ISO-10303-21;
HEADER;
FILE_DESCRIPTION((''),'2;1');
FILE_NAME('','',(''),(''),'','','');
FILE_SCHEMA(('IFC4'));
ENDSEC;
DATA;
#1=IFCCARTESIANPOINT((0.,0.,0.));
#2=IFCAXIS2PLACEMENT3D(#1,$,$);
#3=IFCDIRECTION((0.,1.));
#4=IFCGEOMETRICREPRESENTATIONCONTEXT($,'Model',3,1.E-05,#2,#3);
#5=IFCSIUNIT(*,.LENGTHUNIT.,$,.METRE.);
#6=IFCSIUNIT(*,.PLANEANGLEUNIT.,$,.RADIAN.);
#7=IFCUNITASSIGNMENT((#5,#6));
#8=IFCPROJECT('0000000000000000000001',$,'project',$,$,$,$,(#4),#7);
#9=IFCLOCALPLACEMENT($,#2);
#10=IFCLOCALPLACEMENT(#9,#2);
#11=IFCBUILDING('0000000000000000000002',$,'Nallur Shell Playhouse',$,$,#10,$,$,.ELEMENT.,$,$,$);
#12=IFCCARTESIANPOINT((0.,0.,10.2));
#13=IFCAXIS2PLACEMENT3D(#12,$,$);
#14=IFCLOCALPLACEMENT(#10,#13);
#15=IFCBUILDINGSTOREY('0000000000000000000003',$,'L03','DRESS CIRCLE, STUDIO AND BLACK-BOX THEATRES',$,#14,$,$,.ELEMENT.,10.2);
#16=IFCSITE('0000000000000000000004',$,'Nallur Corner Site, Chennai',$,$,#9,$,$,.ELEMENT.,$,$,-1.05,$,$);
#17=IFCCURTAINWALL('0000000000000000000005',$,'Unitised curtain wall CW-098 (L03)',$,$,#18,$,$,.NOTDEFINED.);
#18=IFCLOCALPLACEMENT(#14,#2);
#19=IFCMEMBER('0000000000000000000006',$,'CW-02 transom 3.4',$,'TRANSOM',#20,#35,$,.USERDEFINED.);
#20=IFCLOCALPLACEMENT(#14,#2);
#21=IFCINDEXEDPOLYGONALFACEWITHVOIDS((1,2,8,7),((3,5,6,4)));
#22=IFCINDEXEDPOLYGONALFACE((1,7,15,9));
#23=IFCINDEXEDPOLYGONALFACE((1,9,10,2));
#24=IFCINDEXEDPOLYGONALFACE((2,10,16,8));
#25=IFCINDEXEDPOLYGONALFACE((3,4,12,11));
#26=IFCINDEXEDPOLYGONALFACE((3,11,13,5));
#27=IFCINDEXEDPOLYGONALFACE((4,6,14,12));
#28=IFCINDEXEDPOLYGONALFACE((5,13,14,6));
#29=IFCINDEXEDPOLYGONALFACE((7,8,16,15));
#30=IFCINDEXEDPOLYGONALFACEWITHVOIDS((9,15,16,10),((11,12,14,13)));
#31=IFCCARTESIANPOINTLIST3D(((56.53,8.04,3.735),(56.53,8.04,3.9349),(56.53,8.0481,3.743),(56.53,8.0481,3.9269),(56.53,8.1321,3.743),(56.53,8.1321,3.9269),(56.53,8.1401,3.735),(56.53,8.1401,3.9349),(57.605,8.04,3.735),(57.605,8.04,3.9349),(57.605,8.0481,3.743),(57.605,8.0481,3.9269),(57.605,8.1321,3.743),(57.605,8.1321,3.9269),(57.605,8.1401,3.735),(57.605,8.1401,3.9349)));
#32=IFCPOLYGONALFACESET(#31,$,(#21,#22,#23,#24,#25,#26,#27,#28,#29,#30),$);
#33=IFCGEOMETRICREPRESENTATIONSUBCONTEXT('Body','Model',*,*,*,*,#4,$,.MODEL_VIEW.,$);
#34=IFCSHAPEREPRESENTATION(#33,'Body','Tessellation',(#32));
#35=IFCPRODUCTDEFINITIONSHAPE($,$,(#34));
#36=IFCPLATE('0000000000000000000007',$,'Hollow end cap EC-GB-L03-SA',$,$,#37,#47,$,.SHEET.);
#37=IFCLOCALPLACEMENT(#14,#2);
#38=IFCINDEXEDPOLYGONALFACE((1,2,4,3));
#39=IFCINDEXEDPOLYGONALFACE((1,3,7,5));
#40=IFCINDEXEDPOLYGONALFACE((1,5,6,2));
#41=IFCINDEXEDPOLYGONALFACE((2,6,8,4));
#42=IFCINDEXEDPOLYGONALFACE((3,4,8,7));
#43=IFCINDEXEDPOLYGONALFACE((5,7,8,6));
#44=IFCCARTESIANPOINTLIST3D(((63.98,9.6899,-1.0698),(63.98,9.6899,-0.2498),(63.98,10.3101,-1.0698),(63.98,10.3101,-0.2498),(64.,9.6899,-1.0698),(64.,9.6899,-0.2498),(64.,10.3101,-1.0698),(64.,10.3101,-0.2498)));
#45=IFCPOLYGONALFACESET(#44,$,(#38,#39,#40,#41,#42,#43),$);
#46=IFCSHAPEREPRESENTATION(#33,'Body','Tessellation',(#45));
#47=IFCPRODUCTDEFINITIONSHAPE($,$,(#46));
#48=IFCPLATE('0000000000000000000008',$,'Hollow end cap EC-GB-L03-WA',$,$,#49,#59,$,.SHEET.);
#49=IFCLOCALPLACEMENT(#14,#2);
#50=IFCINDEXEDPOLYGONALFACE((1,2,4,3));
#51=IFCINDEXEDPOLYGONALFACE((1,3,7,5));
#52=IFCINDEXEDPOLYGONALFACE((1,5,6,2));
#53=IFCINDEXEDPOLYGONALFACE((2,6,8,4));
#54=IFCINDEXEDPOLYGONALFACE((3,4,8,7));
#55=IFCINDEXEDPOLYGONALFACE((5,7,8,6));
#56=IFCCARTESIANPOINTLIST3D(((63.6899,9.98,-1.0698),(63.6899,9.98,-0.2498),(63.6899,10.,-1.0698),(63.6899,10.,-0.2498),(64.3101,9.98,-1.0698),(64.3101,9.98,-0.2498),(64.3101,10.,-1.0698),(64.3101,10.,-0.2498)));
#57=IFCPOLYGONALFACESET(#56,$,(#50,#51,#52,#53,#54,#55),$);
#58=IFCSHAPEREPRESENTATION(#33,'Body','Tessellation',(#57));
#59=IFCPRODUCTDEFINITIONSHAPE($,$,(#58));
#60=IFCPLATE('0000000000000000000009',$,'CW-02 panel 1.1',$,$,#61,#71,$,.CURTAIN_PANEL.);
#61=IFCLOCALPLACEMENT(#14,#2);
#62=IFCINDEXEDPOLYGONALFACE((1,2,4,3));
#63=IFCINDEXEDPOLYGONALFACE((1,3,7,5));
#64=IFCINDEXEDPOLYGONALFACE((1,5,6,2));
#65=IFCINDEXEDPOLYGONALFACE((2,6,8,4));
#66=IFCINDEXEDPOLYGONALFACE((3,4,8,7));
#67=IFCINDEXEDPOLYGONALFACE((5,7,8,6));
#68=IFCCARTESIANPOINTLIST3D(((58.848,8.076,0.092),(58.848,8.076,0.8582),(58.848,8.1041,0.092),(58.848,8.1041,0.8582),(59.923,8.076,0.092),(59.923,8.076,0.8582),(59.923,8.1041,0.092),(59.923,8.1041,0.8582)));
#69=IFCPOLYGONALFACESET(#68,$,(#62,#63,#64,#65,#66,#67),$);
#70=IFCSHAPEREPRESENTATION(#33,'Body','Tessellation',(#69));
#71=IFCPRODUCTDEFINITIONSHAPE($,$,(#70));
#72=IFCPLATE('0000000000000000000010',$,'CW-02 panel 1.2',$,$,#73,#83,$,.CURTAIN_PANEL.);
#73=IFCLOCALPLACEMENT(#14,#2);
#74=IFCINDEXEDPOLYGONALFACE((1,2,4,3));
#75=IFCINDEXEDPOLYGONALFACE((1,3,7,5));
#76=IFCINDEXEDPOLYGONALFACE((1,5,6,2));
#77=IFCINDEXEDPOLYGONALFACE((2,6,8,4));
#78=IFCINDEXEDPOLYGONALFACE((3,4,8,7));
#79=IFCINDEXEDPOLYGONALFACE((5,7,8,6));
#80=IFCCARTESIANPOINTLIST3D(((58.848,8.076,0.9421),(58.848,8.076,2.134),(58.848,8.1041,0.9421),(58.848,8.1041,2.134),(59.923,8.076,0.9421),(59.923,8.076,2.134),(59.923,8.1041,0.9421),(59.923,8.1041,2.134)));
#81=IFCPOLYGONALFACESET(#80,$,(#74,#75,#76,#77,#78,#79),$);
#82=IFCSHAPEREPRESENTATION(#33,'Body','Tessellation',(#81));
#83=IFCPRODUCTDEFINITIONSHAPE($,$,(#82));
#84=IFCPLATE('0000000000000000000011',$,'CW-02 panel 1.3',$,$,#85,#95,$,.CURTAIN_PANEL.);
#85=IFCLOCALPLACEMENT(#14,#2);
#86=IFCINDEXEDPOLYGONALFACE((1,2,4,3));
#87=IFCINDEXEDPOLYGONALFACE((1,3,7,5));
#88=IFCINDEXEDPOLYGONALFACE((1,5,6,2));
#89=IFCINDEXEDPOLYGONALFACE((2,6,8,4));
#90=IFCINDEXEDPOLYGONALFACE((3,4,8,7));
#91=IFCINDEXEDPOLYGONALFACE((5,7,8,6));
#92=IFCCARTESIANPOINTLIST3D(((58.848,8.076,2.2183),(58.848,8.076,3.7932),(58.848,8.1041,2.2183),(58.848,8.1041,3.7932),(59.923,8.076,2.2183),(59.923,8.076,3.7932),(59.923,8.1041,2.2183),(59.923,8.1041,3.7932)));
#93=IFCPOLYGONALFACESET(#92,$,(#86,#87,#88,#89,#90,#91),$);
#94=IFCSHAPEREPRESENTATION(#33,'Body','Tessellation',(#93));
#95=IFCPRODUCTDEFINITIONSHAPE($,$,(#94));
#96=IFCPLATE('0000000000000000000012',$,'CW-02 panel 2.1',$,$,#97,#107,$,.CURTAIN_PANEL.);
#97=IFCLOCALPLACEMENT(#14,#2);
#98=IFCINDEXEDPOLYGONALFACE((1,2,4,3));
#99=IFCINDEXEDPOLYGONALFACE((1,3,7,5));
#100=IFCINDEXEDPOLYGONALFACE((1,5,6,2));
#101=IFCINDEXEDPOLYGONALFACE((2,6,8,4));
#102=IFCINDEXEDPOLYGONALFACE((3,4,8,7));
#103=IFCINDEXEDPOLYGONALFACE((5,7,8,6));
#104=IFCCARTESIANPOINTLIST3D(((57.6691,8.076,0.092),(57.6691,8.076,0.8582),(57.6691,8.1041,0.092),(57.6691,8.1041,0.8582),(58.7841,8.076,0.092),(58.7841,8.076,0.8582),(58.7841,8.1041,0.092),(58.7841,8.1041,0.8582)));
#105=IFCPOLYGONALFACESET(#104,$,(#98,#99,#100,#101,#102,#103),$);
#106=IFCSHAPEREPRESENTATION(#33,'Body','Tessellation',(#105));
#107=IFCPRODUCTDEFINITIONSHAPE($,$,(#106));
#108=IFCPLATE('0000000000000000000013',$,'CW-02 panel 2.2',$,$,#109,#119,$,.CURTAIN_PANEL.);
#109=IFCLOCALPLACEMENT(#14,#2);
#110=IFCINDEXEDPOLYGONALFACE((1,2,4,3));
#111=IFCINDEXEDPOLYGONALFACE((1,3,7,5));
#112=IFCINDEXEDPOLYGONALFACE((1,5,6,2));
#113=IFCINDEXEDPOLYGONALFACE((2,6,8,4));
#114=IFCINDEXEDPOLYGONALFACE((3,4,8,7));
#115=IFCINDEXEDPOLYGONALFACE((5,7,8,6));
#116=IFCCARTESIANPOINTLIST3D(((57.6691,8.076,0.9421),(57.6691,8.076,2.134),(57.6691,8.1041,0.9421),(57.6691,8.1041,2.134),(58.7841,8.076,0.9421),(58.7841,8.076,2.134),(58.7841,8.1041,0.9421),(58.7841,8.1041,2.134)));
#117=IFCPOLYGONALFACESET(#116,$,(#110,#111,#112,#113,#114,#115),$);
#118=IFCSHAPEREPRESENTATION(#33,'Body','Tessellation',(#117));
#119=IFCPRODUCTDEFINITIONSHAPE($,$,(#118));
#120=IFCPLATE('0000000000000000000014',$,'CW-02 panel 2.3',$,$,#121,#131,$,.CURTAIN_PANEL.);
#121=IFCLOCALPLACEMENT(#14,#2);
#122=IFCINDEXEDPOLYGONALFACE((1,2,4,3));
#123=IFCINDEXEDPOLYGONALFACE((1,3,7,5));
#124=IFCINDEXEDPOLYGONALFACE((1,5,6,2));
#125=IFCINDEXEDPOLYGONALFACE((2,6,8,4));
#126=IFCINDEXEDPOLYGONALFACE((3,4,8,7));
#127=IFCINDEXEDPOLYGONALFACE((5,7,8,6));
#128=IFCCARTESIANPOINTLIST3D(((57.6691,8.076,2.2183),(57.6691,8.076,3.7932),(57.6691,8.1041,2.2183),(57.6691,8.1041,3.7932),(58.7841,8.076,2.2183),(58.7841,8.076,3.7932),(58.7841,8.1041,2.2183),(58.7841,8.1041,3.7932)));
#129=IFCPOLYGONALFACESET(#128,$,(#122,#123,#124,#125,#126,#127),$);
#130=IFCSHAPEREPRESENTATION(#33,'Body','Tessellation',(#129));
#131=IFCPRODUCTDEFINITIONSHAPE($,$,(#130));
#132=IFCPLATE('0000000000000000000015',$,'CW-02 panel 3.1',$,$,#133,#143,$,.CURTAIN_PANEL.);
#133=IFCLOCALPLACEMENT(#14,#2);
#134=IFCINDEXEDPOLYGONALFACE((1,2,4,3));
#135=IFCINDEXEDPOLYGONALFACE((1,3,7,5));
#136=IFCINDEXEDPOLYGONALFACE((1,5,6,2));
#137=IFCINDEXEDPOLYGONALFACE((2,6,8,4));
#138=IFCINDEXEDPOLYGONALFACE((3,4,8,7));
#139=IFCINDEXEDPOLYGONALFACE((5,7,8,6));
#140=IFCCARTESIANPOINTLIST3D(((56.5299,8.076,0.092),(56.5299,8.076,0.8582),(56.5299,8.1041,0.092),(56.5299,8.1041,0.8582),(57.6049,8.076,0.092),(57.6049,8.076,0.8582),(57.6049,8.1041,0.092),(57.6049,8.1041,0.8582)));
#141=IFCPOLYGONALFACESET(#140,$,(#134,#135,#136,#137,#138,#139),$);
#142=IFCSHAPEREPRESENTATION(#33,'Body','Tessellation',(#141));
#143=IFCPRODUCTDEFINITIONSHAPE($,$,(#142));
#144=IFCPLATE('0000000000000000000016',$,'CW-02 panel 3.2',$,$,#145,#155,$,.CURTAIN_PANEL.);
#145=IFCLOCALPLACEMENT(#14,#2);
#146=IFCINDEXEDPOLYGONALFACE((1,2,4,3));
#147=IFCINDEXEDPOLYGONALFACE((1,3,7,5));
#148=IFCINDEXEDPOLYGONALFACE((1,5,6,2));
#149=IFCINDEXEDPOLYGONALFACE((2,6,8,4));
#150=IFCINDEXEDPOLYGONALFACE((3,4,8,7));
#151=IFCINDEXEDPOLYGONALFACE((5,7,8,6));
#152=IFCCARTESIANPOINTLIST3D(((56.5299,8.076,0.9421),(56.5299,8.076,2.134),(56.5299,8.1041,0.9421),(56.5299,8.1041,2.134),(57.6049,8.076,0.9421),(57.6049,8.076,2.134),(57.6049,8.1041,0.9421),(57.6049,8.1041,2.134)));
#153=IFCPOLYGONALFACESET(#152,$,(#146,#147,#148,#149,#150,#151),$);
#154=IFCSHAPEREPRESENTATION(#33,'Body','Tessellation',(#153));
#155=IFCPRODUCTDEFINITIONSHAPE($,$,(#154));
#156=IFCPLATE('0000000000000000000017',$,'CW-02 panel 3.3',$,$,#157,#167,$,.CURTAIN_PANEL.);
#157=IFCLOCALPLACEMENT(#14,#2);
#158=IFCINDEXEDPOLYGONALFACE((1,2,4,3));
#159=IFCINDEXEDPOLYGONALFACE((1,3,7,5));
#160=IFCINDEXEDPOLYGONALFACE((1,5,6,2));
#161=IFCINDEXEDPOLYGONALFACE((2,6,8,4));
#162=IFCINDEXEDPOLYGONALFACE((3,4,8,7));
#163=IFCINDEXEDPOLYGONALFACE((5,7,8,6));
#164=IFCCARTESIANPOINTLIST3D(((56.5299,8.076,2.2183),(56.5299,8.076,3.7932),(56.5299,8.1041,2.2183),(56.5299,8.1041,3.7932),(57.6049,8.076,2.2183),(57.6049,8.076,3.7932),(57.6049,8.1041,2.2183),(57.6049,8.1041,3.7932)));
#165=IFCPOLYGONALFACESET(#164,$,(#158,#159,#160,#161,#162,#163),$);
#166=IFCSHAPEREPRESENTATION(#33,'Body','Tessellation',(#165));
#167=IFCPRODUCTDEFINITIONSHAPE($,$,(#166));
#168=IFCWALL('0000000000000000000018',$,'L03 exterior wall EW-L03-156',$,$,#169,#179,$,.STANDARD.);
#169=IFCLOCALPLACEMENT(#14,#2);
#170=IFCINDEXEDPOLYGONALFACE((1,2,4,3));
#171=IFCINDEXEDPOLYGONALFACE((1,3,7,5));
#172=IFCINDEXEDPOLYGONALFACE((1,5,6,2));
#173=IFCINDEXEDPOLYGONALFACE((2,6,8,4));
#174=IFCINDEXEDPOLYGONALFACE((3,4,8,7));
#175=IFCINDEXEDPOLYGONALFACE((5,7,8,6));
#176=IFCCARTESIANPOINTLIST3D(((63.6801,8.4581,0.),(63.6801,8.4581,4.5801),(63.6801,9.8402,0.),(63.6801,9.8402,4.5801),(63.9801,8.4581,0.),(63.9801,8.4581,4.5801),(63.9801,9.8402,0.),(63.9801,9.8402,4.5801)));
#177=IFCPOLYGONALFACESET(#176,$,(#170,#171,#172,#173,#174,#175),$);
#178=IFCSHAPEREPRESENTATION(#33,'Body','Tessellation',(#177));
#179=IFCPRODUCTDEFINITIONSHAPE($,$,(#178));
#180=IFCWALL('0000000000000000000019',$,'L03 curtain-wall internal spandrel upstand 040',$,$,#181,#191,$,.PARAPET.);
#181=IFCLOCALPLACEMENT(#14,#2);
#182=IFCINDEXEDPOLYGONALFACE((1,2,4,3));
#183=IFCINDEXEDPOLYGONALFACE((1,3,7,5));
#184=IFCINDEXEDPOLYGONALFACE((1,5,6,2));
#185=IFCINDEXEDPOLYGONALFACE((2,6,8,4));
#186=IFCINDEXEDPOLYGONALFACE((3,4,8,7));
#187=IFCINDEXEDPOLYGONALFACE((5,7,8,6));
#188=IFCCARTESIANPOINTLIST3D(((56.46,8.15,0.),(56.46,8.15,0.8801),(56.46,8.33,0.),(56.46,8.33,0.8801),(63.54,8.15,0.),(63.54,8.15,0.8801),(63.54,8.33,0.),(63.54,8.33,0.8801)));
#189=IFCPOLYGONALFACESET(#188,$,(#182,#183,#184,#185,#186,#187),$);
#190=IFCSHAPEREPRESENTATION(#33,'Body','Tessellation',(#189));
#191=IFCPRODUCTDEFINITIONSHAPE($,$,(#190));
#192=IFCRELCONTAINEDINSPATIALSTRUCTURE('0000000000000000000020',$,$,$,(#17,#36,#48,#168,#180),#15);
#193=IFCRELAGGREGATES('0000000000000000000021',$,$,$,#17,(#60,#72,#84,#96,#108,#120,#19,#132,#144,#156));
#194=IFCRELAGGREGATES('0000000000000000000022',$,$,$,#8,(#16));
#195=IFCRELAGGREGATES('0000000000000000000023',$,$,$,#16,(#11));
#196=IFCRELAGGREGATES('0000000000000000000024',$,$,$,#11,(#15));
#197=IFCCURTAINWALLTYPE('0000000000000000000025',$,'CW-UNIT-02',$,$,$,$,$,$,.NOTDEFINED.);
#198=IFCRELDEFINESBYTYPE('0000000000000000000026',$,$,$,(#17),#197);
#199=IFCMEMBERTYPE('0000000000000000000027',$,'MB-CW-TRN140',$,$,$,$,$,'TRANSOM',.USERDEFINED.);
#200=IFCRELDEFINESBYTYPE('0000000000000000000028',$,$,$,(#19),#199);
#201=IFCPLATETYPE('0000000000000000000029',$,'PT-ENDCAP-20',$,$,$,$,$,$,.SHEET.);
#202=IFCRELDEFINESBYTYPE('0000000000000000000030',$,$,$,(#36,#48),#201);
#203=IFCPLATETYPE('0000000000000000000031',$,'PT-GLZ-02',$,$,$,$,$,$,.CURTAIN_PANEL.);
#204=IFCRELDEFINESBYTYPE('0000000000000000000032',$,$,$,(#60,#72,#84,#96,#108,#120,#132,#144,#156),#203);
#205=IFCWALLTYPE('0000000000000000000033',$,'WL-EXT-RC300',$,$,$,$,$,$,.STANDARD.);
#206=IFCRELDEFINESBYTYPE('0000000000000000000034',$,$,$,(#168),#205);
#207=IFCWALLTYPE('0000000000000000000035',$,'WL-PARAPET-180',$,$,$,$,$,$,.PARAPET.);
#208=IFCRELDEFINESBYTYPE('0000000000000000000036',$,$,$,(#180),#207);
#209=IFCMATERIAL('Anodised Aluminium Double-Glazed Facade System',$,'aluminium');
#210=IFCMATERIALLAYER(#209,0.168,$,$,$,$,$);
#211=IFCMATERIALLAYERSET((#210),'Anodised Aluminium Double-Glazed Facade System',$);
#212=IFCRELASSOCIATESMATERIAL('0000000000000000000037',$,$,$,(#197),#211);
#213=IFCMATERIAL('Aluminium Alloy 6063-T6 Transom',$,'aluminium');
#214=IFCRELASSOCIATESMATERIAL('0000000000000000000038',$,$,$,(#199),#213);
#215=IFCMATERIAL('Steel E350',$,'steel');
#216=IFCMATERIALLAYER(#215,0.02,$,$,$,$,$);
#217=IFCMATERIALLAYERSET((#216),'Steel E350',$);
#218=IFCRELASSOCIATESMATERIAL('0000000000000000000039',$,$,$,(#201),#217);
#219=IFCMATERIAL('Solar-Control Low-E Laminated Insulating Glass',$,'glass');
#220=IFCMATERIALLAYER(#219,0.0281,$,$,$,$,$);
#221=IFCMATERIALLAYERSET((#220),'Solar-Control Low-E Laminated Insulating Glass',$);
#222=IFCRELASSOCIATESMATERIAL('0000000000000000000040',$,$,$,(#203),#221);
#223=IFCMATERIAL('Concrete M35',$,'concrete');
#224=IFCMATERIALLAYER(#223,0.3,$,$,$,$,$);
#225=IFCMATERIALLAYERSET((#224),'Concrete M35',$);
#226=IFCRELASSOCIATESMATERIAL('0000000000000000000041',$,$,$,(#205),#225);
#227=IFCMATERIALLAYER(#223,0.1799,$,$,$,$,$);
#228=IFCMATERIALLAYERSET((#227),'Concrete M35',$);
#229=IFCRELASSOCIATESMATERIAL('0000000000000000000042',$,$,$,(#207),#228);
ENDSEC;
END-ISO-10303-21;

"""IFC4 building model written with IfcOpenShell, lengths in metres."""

from ifc_helpers import new_model, si_unit, direction, frame, frame_2d, origin, origin_2d, place, context, subcontext, project, spatial, rectangle, hollow_rectangle, extrude, material, layer, layer_set, material_profile, profile_set, type_object, element, aggregate, save


model = new_model("IFC4")

# Units and contexts
model_context = context("Model", 3, precision=1e-05, world=origin(), true_north=direction((0.0, 1.0)))
body_context = subcontext(model_context, "Body", "Model", "MODEL_VIEW")
ifc_project = project(units=[si_unit("LENGTHUNIT", "METRE"), si_unit("PLANEANGLEUNIT", "RADIAN")], contexts=[model_context])

# Site, building, storey
site_placement = place(None, origin())
site = spatial("IfcSite", under=ifc_project, at=site_placement, Name="Nallur Corner Site, Chennai", CompositionType="ELEMENT", RefElevation=-1.05)
building_placement = place(site_placement, origin())
building = spatial("IfcBuilding", under=site, at=building_placement, Name="Nallur Shell Playhouse", CompositionType="ELEMENT")
storey_placement = place(building_placement, frame((0.0, 0.0, 10.2)))
storey = spatial("IfcBuildingStorey", under=building, at=storey_placement, Name="L03", Description="DRESS CIRCLE, STUDIO AND BLACK-BOX THEATRES", CompositionType="ELEMENT", Elevation=10.2)

# Shared definitions
ifc_material_1 = material(Name="Steel E350", Category="steel")

# Curtain wall, member
ifc_material_2 = material(Name="Anodised Aluminium Double-Glazed Facade System", Category="aluminium")
ifc_layer_1 = layer(ifc_material_2, 0.168)
ifc_layer_set_1 = layer_set([ifc_layer_1], Name="Anodised Aluminium Double-Glazed Facade System")
curtain_wall_type = type_object("IfcCurtainWallType", Name="CW-UNIT-02", PredefinedType="NOTDEFINED", material=ifc_layer_set_1)
curtain_wall_placement = place(storey_placement, origin())
curtain_wall = element("IfcCurtainWall", 1, at=curtain_wall_placement, inside=storey, type_object=curtain_wall_type, Name="Unitised curtain wall CW-098 (L03)", PredefinedType="NOTDEFINED")
ifc_material_3 = material(Name="Aluminium Alloy 6063-T6 Transom", Category="aluminium")
ifc_material_profile_1 = material_profile(ifc_material_3, hollow_rectangle(XDim=0.1001, YDim=0.2, WallThickness=0.0081, at=origin_2d()), Name="RHS 200x100x8")
ifc_profile_set_1 = profile_set([ifc_material_profile_1], Name="Aluminium Alloy 6063-T6 Transom")
member_type_1 = type_object("IfcMemberType", Name="MB-CW-TRN140", ElementType="TRANSOM", PredefinedType="USERDEFINED", material=ifc_profile_set_1)
member_1_placement = place(storey_placement, frame((57.605, 8.0901, 3.835), z_axis=(-1.0, 0.0, 0.0), x_axis=(0.0, -1.0, 0.0)))
member_1 = element("IfcMember", 2, at=member_1_placement, type_object=member_type_1, Name="CW-02 transom 3.4", ObjectType="TRANSOM", PredefinedType="USERDEFINED", context=body_context, shape_type="SweptSolid", body=[
    extrude(hollow_rectangle(XDim=0.1001, YDim=0.2, WallThickness=0.0081, at=origin_2d()), origin(), (0.0, 0.0, 1.0), 1.075),
])

# Plates
ifc_layer_2 = layer(ifc_material_1, 0.02)
ifc_layer_set_2 = layer_set([ifc_layer_2], Name="Steel E350")
plate_type_1 = type_object("IfcPlateType", Name="PT-ENDCAP-20", PredefinedType="SHEET", material=ifc_layer_set_2)
plate_1_placement = place(storey_placement, frame((63.99, 10.0, -1.0698), z_axis=(0.0, 0.0, 1.0), x_axis=(1.0, 0.0, 0.0)))
element("IfcPlate", 3, at=plate_1_placement, inside=storey, type_object=plate_type_1, Name="Hollow end cap EC-GB-L03-SA", PredefinedType="SHEET", context=body_context, shape_type="SweptSolid", body=[
    extrude(rectangle(XDim=0.02, YDim=0.6201, at=origin_2d()), origin(), (0.0, 0.0, 1.0), 0.8201),
])
plate_2_placement = place(storey_placement, frame((64.0, 9.99, -1.0698), z_axis=(0.0, 0.0, 1.0), x_axis=(1.0, 0.0, 0.0)))
element("IfcPlate", 4, at=plate_2_placement, inside=storey, type_object=plate_type_1, Name="Hollow end cap EC-GB-L03-WA", PredefinedType="SHEET", context=body_context, shape_type="SweptSolid", body=[
    extrude(rectangle(XDim=0.6201, YDim=0.02, at=origin_2d()), origin(), (0.0, 0.0, 1.0), 0.8201),
])

# Plates
ifc_material_4 = material(Name="Solar-Control Low-E Laminated Insulating Glass", Category="glass")
ifc_layer_3 = layer(ifc_material_4, 0.0281)
ifc_layer_set_3 = layer_set([ifc_layer_3], Name="Solar-Control Low-E Laminated Insulating Glass")
plate_type_2 = type_object("IfcPlateType", Name="PT-GLZ-02", PredefinedType="CURTAIN_PANEL", material=ifc_layer_set_3)
plate_3_placement = place(storey_placement, frame((59.3855, 8.0901, 0.092), z_axis=(0.0, 0.0, 1.0), x_axis=(-1.0, 0.0, 0.0)))
plate_3 = element("IfcPlate", 5, at=plate_3_placement, type_object=plate_type_2, Name="CW-02 panel 1.1", PredefinedType="CURTAIN_PANEL", context=body_context, shape_type="SweptSolid", body=[
    extrude(rectangle(XDim=1.075, YDim=0.0281, at=origin_2d()), origin(), (0.0, 0.0, 1.0), 0.7661),
])
plate_4_placement = place(storey_placement, frame((59.3855, 8.0901, 0.9421), z_axis=(0.0, 0.0, 1.0), x_axis=(-1.0, 0.0, 0.0)))
plate_4 = element("IfcPlate", 6, at=plate_4_placement, type_object=plate_type_2, Name="CW-02 panel 1.2", PredefinedType="CURTAIN_PANEL", context=body_context, shape_type="SweptSolid", body=[
    extrude(rectangle(XDim=1.075, YDim=0.0281, at=origin_2d()), origin(), (0.0, 0.0, 1.0), 1.1919),
])
plate_5_placement = place(storey_placement, frame((59.3855, 8.0901, 2.2183), z_axis=(0.0, 0.0, 1.0), x_axis=(-1.0, 0.0, 0.0)))
plate_5 = element("IfcPlate", 7, at=plate_5_placement, type_object=plate_type_2, Name="CW-02 panel 1.3", PredefinedType="CURTAIN_PANEL", context=body_context, shape_type="SweptSolid", body=[
    extrude(rectangle(XDim=1.075, YDim=0.0281, at=origin_2d()), origin(), (0.0, 0.0, 1.0), 1.575),
])
plate_6_placement = place(storey_placement, frame((58.2266, 8.0901, 0.092), z_axis=(0.0, 0.0, 1.0), x_axis=(-1.0, 0.0, 0.0)))
plate_6 = element("IfcPlate", 8, at=plate_6_placement, type_object=plate_type_2, Name="CW-02 panel 2.1", PredefinedType="CURTAIN_PANEL", context=body_context, shape_type="SweptSolid", body=[
    extrude(rectangle(XDim=1.115, YDim=0.0281, at=origin_2d()), origin(), (0.0, 0.0, 1.0), 0.7661),
])
plate_7_placement = place(storey_placement, frame((58.2266, 8.0901, 0.9421), z_axis=(0.0, 0.0, 1.0), x_axis=(-1.0, 0.0, 0.0)))
plate_7 = element("IfcPlate", 9, at=plate_7_placement, type_object=plate_type_2, Name="CW-02 panel 2.2", PredefinedType="CURTAIN_PANEL", context=body_context, shape_type="SweptSolid", body=[
    extrude(rectangle(XDim=1.115, YDim=0.0281, at=origin_2d()), origin(), (0.0, 0.0, 1.0), 1.1919),
])
plate_8_placement = place(storey_placement, frame((58.2266, 8.0901, 2.2183), z_axis=(0.0, 0.0, 1.0), x_axis=(-1.0, 0.0, 0.0)))
plate_8 = element("IfcPlate", 10, at=plate_8_placement, type_object=plate_type_2, Name="CW-02 panel 2.3", PredefinedType="CURTAIN_PANEL", context=body_context, shape_type="SweptSolid", body=[
    extrude(rectangle(XDim=1.115, YDim=0.0281, at=origin_2d()), origin(), (0.0, 0.0, 1.0), 1.575),
])
plate_9_placement = place(storey_placement, frame((57.0674, 8.0901, 0.092), z_axis=(0.0, 0.0, 1.0), x_axis=(-1.0, 0.0, 0.0)))
plate_9 = element("IfcPlate", 11, at=plate_9_placement, type_object=plate_type_2, Name="CW-02 panel 3.1", PredefinedType="CURTAIN_PANEL", context=body_context, shape_type="SweptSolid", body=[
    extrude(rectangle(XDim=1.075, YDim=0.0281, at=origin_2d()), origin(), (0.0, 0.0, 1.0), 0.7661),
])
plate_10_placement = place(storey_placement, frame((57.0674, 8.0901, 0.9421), z_axis=(0.0, 0.0, 1.0), x_axis=(-1.0, 0.0, 0.0)))
plate_10 = element("IfcPlate", 12, at=plate_10_placement, type_object=plate_type_2, Name="CW-02 panel 3.2", PredefinedType="CURTAIN_PANEL", context=body_context, shape_type="SweptSolid", body=[
    extrude(rectangle(XDim=1.075, YDim=0.0281, at=origin_2d()), origin(), (0.0, 0.0, 1.0), 1.1919),
])
plate_11_placement = place(storey_placement, frame((57.0674, 8.0901, 2.2183), z_axis=(0.0, 0.0, 1.0), x_axis=(-1.0, 0.0, 0.0)))
plate_11 = element("IfcPlate", 13, at=plate_11_placement, type_object=plate_type_2, Name="CW-02 panel 3.3", PredefinedType="CURTAIN_PANEL", context=body_context, shape_type="SweptSolid", body=[
    extrude(rectangle(XDim=1.075, YDim=0.0281, at=origin_2d()), origin(), (0.0, 0.0, 1.0), 1.575),
])
aggregate(curtain_wall, [plate_3, plate_4, plate_5, plate_6, plate_7, plate_8, member_1, plate_9, plate_10, plate_11])

# Walls
ifc_material_5 = material(Name="Concrete M35", Category="concrete")
ifc_layer_4 = layer(ifc_material_5, 0.3)
ifc_layer_set_4 = layer_set([ifc_layer_4], Name="Concrete M35")
wall_type_1 = type_object("IfcWallType", Name="WL-EXT-RC300", PredefinedType="STANDARD", material=ifc_layer_set_4)
wall_1_placement = place(storey_placement, frame((63.8301, 9.8401, 0.0), z_axis=(0.0, 0.0, 1.0), x_axis=(0.0, -1.0, 0.0)))
element("IfcWall", 14, at=wall_1_placement, inside=storey, type_object=wall_type_1, Name="L03 exterior wall EW-L03-156", PredefinedType="STANDARD", context=body_context, shape_type="SweptSolid", body=[
    extrude(rectangle(XDim=1.3821, YDim=0.3, at=frame_2d((0.6909, 0.0))), origin(), (0.0, 0.0, 1.0), 4.5801),
])
ifc_layer_5 = layer(ifc_material_5, 0.1799)
ifc_layer_set_5 = layer_set([ifc_layer_5], Name="Concrete M35")
wall_type_2 = type_object("IfcWallType", Name="WL-PARAPET-180", PredefinedType="PARAPET", material=ifc_layer_set_5)
wall_2_placement = place(storey_placement, frame((63.54, 8.24, 0.0), z_axis=(0.0, 0.0, 1.0), x_axis=(-1.0, 0.0, 0.0)))
element("IfcWall", 15, at=wall_2_placement, inside=storey, type_object=wall_type_2, Name="L03 curtain-wall internal spandrel upstand 040", PredefinedType="PARAPET", context=body_context, shape_type="SweptSolid", body=[
    extrude(rectangle(XDim=7.0801, YDim=0.1799, at=frame_2d((3.54, 0.0))), origin(), (0.0, 0.0, 1.0), 0.8801),
])

save(model, "model.ifc")
